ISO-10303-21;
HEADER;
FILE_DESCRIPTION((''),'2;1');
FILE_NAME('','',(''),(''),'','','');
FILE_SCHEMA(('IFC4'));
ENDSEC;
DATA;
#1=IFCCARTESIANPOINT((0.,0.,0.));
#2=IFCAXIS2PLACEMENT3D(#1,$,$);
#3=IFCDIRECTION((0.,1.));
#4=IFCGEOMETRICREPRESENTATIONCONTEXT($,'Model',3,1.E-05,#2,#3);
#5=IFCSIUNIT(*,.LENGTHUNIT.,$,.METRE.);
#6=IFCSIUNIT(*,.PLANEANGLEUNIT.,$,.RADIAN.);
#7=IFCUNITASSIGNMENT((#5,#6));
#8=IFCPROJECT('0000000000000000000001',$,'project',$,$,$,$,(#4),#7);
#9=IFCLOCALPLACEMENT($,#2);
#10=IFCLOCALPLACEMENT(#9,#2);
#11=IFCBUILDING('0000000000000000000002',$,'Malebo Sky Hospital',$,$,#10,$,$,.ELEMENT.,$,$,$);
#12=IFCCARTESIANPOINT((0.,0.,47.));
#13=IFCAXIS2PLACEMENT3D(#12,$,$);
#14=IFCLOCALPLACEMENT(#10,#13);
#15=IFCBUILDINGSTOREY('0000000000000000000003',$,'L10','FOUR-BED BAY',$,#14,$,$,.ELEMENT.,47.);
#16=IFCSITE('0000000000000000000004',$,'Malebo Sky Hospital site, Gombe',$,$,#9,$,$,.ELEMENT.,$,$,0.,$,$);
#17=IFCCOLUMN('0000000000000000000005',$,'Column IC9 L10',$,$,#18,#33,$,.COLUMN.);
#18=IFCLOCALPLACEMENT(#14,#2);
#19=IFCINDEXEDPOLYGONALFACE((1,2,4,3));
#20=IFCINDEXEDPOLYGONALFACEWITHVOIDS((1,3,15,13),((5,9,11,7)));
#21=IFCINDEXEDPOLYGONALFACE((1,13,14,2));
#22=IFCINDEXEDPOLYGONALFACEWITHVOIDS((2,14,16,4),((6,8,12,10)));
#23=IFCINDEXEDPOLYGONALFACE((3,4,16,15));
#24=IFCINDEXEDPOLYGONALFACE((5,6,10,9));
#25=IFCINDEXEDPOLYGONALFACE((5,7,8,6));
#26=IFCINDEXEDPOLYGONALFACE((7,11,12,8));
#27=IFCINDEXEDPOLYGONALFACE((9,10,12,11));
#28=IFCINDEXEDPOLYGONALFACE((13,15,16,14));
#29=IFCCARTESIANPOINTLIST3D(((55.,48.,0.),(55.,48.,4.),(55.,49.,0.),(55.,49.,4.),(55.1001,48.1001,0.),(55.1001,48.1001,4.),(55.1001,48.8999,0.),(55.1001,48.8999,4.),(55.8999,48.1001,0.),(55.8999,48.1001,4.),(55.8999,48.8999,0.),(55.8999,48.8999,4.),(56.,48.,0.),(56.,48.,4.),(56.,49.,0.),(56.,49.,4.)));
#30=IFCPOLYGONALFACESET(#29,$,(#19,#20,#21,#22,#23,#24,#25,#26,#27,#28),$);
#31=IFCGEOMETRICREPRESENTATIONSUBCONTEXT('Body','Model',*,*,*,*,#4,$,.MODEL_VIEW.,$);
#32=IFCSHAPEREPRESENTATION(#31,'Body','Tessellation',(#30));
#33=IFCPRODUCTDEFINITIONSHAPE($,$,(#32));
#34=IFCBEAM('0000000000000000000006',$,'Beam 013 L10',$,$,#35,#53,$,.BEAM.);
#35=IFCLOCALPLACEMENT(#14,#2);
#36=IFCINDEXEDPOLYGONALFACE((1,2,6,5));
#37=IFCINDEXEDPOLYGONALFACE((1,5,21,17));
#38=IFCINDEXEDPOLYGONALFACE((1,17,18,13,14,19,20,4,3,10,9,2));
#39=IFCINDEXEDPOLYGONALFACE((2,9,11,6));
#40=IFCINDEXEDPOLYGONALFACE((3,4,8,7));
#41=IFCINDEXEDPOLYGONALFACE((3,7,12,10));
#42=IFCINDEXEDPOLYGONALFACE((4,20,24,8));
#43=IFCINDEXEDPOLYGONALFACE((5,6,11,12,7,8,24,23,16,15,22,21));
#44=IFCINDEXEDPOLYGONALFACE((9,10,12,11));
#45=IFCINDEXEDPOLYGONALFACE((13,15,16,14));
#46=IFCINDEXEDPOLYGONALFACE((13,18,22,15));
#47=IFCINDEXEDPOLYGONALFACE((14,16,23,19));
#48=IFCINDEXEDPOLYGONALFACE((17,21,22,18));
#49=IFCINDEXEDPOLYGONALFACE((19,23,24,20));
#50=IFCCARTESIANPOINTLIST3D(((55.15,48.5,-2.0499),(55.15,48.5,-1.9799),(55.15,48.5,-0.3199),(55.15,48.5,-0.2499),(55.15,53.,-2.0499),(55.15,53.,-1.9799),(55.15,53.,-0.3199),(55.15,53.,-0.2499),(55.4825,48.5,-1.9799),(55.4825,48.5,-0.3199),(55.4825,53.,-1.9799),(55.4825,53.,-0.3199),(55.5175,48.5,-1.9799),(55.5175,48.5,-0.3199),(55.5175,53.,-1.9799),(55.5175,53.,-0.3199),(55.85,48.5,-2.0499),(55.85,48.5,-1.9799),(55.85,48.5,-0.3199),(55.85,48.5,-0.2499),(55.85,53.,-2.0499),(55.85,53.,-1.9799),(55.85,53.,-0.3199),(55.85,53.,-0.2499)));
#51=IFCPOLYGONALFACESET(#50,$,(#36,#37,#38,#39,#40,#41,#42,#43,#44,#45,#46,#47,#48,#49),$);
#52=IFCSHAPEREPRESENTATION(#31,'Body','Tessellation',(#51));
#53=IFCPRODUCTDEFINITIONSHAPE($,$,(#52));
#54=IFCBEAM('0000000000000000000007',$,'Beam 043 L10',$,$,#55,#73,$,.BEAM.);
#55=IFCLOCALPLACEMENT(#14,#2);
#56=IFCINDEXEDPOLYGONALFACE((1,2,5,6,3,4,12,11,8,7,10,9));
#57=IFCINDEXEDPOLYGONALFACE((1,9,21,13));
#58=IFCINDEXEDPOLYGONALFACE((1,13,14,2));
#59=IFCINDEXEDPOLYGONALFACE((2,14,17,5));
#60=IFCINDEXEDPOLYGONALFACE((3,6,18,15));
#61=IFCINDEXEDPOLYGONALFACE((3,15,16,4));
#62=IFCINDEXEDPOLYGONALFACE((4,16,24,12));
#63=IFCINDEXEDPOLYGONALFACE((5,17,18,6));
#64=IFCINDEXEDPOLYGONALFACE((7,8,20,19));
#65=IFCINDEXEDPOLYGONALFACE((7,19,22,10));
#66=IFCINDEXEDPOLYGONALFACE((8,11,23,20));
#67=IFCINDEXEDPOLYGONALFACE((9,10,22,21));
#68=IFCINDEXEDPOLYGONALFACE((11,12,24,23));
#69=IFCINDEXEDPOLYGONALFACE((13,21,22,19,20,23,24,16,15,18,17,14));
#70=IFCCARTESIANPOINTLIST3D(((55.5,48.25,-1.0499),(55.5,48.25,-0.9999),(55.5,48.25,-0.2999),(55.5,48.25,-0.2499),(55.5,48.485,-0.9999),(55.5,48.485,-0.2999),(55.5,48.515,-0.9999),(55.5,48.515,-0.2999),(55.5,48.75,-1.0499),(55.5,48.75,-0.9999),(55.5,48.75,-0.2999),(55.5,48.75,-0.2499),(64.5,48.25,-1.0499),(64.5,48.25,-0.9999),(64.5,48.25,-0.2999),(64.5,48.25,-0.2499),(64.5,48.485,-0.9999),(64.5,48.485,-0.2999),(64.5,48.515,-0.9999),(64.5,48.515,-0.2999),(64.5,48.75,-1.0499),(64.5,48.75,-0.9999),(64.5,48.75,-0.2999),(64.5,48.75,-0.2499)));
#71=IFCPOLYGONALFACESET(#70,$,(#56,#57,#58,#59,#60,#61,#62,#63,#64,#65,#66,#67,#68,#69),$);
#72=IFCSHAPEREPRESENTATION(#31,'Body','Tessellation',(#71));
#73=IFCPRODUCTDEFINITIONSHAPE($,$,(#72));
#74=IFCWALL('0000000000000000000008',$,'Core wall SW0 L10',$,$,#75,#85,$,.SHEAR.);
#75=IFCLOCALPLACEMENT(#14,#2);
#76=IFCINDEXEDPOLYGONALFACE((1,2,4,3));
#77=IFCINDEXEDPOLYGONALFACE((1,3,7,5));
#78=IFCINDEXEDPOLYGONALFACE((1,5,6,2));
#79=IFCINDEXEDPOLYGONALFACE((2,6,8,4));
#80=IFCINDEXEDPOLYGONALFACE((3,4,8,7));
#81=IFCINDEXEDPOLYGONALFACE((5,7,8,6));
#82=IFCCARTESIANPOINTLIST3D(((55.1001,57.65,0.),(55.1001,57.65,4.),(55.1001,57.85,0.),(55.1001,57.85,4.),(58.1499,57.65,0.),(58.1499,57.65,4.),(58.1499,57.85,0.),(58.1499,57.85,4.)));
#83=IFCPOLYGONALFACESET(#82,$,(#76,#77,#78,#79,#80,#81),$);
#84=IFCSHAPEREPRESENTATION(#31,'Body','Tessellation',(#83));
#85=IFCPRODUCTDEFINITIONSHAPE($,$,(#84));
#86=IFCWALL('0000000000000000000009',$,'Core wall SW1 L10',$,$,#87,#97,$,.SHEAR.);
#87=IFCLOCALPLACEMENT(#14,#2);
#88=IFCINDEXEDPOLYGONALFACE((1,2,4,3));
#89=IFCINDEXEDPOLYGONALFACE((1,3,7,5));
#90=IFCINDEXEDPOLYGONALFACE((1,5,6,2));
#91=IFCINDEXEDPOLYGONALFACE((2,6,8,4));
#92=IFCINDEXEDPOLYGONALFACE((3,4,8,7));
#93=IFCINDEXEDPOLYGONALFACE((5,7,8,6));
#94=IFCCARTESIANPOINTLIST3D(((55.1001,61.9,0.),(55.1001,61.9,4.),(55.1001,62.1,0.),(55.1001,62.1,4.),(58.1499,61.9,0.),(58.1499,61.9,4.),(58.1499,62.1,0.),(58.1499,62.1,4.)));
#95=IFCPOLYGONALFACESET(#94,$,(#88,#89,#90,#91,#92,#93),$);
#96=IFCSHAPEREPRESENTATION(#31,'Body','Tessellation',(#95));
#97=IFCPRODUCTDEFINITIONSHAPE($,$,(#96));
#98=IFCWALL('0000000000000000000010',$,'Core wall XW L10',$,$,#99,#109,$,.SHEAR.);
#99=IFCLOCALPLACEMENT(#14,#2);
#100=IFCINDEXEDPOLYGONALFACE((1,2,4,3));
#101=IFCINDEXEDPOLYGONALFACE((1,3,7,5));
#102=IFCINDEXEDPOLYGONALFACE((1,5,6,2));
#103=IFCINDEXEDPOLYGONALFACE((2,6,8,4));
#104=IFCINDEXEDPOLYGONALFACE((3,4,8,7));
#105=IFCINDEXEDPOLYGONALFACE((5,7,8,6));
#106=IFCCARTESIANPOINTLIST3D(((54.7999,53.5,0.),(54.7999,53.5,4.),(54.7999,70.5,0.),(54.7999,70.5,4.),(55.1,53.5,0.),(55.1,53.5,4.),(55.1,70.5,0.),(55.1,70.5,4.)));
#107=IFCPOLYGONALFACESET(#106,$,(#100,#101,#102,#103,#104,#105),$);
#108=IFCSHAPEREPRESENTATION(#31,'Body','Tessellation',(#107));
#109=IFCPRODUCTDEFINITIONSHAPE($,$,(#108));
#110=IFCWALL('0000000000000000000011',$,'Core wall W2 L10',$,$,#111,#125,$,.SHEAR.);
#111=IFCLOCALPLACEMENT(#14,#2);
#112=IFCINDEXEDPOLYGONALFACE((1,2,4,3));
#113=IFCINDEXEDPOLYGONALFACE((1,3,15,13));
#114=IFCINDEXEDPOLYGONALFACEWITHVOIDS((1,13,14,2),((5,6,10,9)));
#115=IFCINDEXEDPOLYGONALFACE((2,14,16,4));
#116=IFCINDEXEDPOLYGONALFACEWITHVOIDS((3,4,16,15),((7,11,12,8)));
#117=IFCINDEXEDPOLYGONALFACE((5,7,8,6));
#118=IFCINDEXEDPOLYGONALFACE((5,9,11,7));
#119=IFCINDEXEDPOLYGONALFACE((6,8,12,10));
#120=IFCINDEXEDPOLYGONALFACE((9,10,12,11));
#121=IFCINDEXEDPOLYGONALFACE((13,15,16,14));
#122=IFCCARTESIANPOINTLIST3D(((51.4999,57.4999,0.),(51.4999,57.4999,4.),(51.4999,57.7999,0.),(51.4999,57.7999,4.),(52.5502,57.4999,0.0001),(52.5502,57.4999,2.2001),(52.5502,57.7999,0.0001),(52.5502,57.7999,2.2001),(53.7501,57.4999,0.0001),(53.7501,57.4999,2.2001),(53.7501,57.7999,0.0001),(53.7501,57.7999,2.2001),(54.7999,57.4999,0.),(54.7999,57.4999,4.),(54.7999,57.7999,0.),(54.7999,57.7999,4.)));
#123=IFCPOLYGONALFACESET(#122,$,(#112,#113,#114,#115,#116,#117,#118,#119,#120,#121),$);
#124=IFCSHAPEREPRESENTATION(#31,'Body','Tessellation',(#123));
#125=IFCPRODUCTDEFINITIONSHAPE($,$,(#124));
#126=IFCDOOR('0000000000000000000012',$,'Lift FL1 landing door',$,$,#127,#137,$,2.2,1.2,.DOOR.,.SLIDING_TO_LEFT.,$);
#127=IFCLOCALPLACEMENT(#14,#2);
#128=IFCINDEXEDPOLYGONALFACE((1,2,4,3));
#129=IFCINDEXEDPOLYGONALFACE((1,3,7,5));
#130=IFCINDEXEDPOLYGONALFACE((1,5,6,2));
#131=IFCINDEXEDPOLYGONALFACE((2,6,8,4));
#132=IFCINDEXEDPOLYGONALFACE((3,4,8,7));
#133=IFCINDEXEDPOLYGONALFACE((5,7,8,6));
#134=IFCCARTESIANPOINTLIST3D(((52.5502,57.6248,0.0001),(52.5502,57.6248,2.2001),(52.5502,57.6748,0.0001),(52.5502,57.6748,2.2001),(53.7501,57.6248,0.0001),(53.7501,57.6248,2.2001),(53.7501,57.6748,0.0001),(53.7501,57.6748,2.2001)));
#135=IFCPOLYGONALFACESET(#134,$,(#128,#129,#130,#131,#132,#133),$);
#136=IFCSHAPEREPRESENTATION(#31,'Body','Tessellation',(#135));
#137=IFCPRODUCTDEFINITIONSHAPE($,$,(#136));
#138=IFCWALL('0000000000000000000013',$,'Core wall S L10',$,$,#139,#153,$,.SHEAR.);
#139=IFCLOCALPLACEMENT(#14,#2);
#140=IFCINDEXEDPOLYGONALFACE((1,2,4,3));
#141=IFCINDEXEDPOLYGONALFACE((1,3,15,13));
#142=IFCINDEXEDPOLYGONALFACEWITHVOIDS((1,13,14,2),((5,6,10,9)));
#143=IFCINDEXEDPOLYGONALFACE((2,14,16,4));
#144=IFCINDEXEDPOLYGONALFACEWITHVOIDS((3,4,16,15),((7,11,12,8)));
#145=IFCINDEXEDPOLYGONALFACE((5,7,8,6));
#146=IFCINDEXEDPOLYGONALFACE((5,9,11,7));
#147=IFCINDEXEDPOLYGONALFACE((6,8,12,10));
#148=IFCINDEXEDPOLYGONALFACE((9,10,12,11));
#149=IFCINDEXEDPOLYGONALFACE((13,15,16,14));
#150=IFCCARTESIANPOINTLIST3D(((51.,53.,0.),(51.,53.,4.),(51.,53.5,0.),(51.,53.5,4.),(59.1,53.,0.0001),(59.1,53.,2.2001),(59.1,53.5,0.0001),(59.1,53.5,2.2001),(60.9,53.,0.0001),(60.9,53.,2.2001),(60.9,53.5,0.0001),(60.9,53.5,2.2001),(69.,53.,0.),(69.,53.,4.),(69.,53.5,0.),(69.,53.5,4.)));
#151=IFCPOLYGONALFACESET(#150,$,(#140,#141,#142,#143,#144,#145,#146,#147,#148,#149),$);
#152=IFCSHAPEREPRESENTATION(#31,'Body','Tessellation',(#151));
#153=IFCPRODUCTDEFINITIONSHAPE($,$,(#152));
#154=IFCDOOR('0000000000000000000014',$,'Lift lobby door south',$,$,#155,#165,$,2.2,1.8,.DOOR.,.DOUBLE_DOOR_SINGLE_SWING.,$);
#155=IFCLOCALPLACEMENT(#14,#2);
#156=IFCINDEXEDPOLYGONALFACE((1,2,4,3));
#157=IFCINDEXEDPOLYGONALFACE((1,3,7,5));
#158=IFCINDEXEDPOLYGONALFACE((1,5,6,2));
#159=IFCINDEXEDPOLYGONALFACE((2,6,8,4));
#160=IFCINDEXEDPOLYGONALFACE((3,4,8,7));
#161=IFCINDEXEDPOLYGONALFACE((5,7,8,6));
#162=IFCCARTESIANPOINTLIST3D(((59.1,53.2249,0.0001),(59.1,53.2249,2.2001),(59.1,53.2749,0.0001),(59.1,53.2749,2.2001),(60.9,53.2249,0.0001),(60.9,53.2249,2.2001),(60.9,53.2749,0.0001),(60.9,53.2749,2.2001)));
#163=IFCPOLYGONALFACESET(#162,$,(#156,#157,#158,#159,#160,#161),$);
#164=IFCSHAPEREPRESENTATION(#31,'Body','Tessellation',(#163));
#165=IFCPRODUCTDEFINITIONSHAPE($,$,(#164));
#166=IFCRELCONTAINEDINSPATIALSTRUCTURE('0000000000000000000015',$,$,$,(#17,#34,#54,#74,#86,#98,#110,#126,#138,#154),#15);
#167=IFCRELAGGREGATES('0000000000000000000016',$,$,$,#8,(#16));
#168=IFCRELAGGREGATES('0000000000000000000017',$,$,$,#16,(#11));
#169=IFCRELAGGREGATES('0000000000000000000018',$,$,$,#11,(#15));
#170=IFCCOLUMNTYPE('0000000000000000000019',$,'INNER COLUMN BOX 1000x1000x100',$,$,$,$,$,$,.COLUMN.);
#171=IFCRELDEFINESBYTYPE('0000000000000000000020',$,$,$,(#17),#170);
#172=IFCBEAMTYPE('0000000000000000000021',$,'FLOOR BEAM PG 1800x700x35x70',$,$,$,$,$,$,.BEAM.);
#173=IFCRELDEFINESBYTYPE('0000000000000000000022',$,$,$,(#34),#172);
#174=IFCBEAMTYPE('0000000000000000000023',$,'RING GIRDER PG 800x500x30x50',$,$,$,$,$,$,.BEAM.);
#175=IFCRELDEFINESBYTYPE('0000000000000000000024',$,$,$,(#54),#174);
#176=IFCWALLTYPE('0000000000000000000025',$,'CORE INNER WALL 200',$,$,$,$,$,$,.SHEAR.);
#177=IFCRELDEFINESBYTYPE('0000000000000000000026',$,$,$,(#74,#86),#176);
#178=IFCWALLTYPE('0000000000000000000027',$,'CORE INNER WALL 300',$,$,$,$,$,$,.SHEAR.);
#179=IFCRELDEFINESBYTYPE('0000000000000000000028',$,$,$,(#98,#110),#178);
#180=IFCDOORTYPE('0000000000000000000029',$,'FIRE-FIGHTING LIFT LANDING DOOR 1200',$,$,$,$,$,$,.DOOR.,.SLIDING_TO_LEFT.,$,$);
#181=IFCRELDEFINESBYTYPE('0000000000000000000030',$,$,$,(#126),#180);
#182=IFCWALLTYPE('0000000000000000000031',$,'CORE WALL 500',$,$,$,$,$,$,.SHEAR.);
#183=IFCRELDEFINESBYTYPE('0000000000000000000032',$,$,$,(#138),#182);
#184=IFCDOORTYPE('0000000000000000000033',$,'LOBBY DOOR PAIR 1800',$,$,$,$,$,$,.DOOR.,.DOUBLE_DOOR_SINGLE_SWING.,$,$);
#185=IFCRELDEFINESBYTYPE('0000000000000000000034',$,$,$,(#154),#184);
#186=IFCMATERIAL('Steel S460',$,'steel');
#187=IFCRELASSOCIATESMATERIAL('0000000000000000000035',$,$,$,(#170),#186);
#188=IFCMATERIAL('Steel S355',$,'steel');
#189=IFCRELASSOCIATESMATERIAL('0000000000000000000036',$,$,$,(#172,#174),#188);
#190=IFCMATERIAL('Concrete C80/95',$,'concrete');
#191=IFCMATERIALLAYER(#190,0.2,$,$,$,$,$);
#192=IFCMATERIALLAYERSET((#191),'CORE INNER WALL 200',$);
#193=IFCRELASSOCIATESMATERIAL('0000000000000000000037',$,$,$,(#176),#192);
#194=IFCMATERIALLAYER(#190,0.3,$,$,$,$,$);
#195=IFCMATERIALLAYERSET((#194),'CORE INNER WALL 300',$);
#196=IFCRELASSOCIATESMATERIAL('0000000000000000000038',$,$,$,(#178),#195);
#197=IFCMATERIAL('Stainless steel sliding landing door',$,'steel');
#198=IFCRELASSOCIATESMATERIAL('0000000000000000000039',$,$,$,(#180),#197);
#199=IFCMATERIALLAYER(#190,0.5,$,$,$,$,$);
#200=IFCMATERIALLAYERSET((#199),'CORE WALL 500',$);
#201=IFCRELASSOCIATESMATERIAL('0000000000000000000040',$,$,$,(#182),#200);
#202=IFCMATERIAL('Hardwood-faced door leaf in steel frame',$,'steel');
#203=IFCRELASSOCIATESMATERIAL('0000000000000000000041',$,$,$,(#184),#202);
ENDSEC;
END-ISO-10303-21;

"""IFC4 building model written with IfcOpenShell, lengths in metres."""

from ifc_helpers import new_model, si_unit, direction, frame, frame_2d, origin, origin_2d, place, context, subcontext, project, spatial, rectangle, hollow_rectangle, i_section, extrude, material, layer, layer_set, material_profile, profile_set, type_object, element, fill, save


model = new_model("IFC4")

# Units and contexts
model_context = context("Model", 3, precision=1e-05, world=origin(), true_north=direction((0.0, 1.0)))
body_context = subcontext(model_context, "Body", "Model", "MODEL_VIEW")
ifc_project = project(units=[si_unit("LENGTHUNIT", "METRE"), si_unit("PLANEANGLEUNIT", "RADIAN")], contexts=[model_context])

# Site, building, storey
site_placement = place(None, origin())
site = spatial("IfcSite", under=ifc_project, at=site_placement, Name="Malebo Sky Hospital site, Gombe", CompositionType="ELEMENT", RefElevation=0.0)
building_placement = place(site_placement, origin())
building = spatial("IfcBuilding", under=site, at=building_placement, Name="Malebo Sky Hospital", CompositionType="ELEMENT")
storey_placement = place(building_placement, frame((0.0, 0.0, 47.0)))
storey = spatial("IfcBuildingStorey", under=building, at=storey_placement, Name="L10", Description="FOUR-BED BAY", CompositionType="ELEMENT", Elevation=47.0)

# Column
ifc_material_1 = material(Name="Steel S460", Category="steel")
ifc_material_profile_1 = material_profile(ifc_material_1, hollow_rectangle(XDim=1.0, YDim=1.0, WallThickness=0.1001, at=origin_2d()), Name="BOX 1000x1000x100")
ifc_profile_set_1 = profile_set([ifc_material_profile_1], Name="Steel S460")
column_type = type_object("IfcColumnType", Name="INNER COLUMN BOX 1000x1000x100", PredefinedType="COLUMN", material=ifc_profile_set_1)
column_placement = place(storey_placement, frame((55.5, 48.5, 0.0), z_axis=(0.0, 0.0, 1.0), x_axis=(1.0, 0.0, 0.0)))
element("IfcColumn", 1, at=column_placement, inside=storey, type_object=column_type, Name="Column IC9 L10", PredefinedType="COLUMN", context=body_context, shape_type="SweptSolid", body=[
    extrude(hollow_rectangle(XDim=1.0, YDim=1.0, WallThickness=0.1001, at=origin_2d()), origin(), (0.0, 0.0, 1.0), 4.0),
])

# Beams
ifc_material_2 = material(Name="Steel S355", Category="steel")
ifc_material_profile_2 = material_profile(ifc_material_2, i_section(OverallWidth=0.7, OverallDepth=1.8, WebThickness=0.0349, FlangeThickness=0.0701, at=origin_2d()), Name="PG 1800x700x35x70")
ifc_profile_set_2 = profile_set([ifc_material_profile_2], Name="Steel S355")
beam_type_1 = type_object("IfcBeamType", Name="FLOOR BEAM PG 1800x700x35x70", PredefinedType="BEAM", material=ifc_profile_set_2)
beam_1_placement = place(storey_placement, frame((55.5, 48.5, -1.1499), z_axis=(0.0, 1.0, 0.0), x_axis=(-1.0, 0.0, 0.0)))
element("IfcBeam", 2, at=beam_1_placement, inside=storey, type_object=beam_type_1, Name="Beam 013 L10", PredefinedType="BEAM", context=body_context, shape_type="SweptSolid", body=[
    extrude(i_section(OverallWidth=0.7, OverallDepth=1.8, WebThickness=0.0349, FlangeThickness=0.0701, at=origin_2d()), origin(), (0.0, 0.0, 1.0), 4.5),
])
ifc_material_profile_3 = material_profile(ifc_material_2, i_section(OverallWidth=0.5, OverallDepth=0.8, WebThickness=0.03, FlangeThickness=0.05, at=origin_2d()), Name="PG 800x500x30x50")
ifc_profile_set_3 = profile_set([ifc_material_profile_3], Name="Steel S355")
beam_type_2 = type_object("IfcBeamType", Name="RING GIRDER PG 800x500x30x50", PredefinedType="BEAM", material=ifc_profile_set_3)
beam_2_placement = place(storey_placement, frame((55.5, 48.5, -0.6499), z_axis=(1.0, 0.0, 0.0), x_axis=(0.0, 1.0, 0.0)))
element("IfcBeam", 3, at=beam_2_placement, inside=storey, type_object=beam_type_2, Name="Beam 043 L10", PredefinedType="BEAM", context=body_context, shape_type="SweptSolid", body=[
    extrude(i_section(OverallWidth=0.5, OverallDepth=0.8, WebThickness=0.03, FlangeThickness=0.05, at=origin_2d()), origin(), (0.0, 0.0, 1.0), 9.0),
])

# Walls
ifc_material_3 = material(Name="Concrete C80/95", Category="concrete")
ifc_layer_1 = layer(ifc_material_3, 0.2)
ifc_layer_set_1 = layer_set([ifc_layer_1], Name="CORE INNER WALL 200")
wall_type_1 = type_object("IfcWallType", Name="CORE INNER WALL 200", PredefinedType="SHEAR", material=ifc_layer_set_1)
for number, where, z_axis, x_axis, name in (
    (4, (55.1001, 57.75, 0.0), (0.0, 0.0, 1.0), (1.0, 0.0, 0.0), "Core wall SW0 L10"),
    (5, (55.1001, 62.0, 0.0), (0.0, 0.0, 1.0), (1.0, 0.0, 0.0), "Core wall SW1 L10"),
):
    element("IfcWall", number, at=place(storey_placement, frame(where, z_axis=z_axis, x_axis=x_axis)), inside=storey, type_object=wall_type_1, Name=name, PredefinedType="SHEAR", context=body_context, shape_type="SweptSolid", body=[
        extrude(rectangle(XDim=3.0498, YDim=0.2, at=frame_2d((1.5249, 0.0))), origin(), (0.0, 0.0, 1.0), 4.0),
    ])
ifc_layer_2 = layer(ifc_material_3, 0.3)
ifc_layer_set_2 = layer_set([ifc_layer_2], Name="CORE INNER WALL 300")
wall_type_2 = type_object("IfcWallType", Name="CORE INNER WALL 300", PredefinedType="SHEAR", material=ifc_layer_set_2)
wall_1_placement = place(storey_placement, frame((54.95, 53.5, 0.0), z_axis=(0.0, 0.0, 1.0), x_axis=(0.0, 1.0, 0.0)))
element("IfcWall", 6, at=wall_1_placement, inside=storey, type_object=wall_type_2, Name="Core wall XW L10", PredefinedType="SHEAR", context=body_context, shape_type="SweptSolid", body=[
    extrude(rectangle(XDim=17.0, YDim=0.3, at=frame_2d((8.5, 0.0))), origin(), (0.0, 0.0, 1.0), 4.0),
])

# Walls, openings, doors
wall_2_placement = place(storey_placement, frame((51.5, 57.6499, 0.0), z_axis=(0.0, 0.0, 1.0), x_axis=(1.0, 0.0, 0.0)))
wall_2 = element("IfcWall", 7, at=wall_2_placement, inside=storey, type_object=wall_type_2, Name="Core wall W2 L10", PredefinedType="SHEAR", context=body_context, shape_type="SweptSolid", body=[
    extrude(rectangle(XDim=3.3, YDim=0.3, at=frame_2d((1.6499, 0.0))), origin(), (0.0, 0.0, 1.0), 4.0),
])
opening_1_placement = place(wall_2_placement, frame((1.05, 0.0, 0.0)))
opening_1 = element("IfcOpeningElement", 8, at=opening_1_placement, cuts=wall_2, PredefinedType="OPENING", context=body_context, shape_type="SweptSolid", body=[
    extrude(rectangle(XDim=1.2, YDim=2.2, at=frame_2d((0.6001, 1.1001))), frame((0.0, 0.1599, 0.0), z_axis=(0.0, -1.0, 0.0), x_axis=(1.0, 0.0, 0.0)), (0.0, 0.0, 1.0), 0.3201),
])
ifc_material_4 = material(Name="Stainless steel sliding landing door", Category="steel")
door_type_1 = type_object("IfcDoorType", Name="FIRE-FIGHTING LIFT LANDING DOOR 1200", OperationType="SLIDING_TO_LEFT", PredefinedType="DOOR", material=ifc_material_4)
door_1_placement = place(opening_1_placement, origin())
door_1 = element("IfcDoor", 9, at=door_1_placement, inside=storey, type_object=door_type_1, Name="Lift FL1 landing door", OperationType="SLIDING_TO_LEFT", OverallHeight=2.2, OverallWidth=1.2, PredefinedType="DOOR", context=body_context, shape_type="SweptSolid", body=[
    extrude(rectangle(XDim=1.2, YDim=2.2, at=frame_2d((0.6001, 1.1001))), frame((0.0, 0.0249, 0.0), z_axis=(0.0, -1.0, 0.0), x_axis=(1.0, 0.0, 0.0)), (0.0, 0.0, 1.0), 0.05),
])
fill(opening_1, door_1)
ifc_layer_3 = layer(ifc_material_3, 0.5)
ifc_layer_set_3 = layer_set([ifc_layer_3], Name="CORE WALL 500")
wall_type_3 = type_object("IfcWallType", Name="CORE WALL 500", PredefinedType="SHEAR", material=ifc_layer_set_3)
wall_3_placement = place(storey_placement, frame((51.0, 53.25, 0.0), z_axis=(0.0, 0.0, 1.0), x_axis=(1.0, 0.0, 0.0)))
wall_3 = element("IfcWall", 10, at=wall_3_placement, inside=storey, type_object=wall_type_3, Name="Core wall S L10", PredefinedType="SHEAR", context=body_context, shape_type="SweptSolid", body=[
    extrude(rectangle(XDim=18.0, YDim=0.5, at=frame_2d((9.0, 0.0))), origin(), (0.0, 0.0, 1.0), 4.0),
])
opening_2_placement = place(wall_3_placement, frame((8.1001, 0.0, 0.0)))
opening_2 = element("IfcOpeningElement", 11, at=opening_2_placement, cuts=wall_3, PredefinedType="OPENING", context=body_context, shape_type="SweptSolid", body=[
    extrude(rectangle(XDim=1.8, YDim=2.2, at=frame_2d((0.8999, 1.1001))), frame((0.0, 0.26, 0.0), z_axis=(0.0, -1.0, 0.0), x_axis=(1.0, 0.0, 0.0)), (0.0, 0.0, 1.0), 0.52),
])
ifc_material_5 = material(Name="Hardwood-faced door leaf in steel frame", Category="steel")
door_type_2 = type_object("IfcDoorType", Name="LOBBY DOOR PAIR 1800", OperationType="DOUBLE_DOOR_SINGLE_SWING", PredefinedType="DOOR", material=ifc_material_5)
door_2_placement = place(opening_2_placement, origin())
door_2 = element("IfcDoor", 12, at=door_2_placement, inside=storey, type_object=door_type_2, Name="Lift lobby door south", OperationType="DOUBLE_DOOR_SINGLE_SWING", OverallHeight=2.2, OverallWidth=1.8, PredefinedType="DOOR", context=body_context, shape_type="SweptSolid", body=[
    extrude(rectangle(XDim=1.8, YDim=2.2, at=frame_2d((0.8999, 1.1001))), frame((0.0, 0.0249, 0.0), z_axis=(0.0, -1.0, 0.0), x_axis=(1.0, 0.0, 0.0)), (0.0, 0.0, 1.0), 0.05),
])
fill(opening_2, door_2)

save(model, "model.ifc")
